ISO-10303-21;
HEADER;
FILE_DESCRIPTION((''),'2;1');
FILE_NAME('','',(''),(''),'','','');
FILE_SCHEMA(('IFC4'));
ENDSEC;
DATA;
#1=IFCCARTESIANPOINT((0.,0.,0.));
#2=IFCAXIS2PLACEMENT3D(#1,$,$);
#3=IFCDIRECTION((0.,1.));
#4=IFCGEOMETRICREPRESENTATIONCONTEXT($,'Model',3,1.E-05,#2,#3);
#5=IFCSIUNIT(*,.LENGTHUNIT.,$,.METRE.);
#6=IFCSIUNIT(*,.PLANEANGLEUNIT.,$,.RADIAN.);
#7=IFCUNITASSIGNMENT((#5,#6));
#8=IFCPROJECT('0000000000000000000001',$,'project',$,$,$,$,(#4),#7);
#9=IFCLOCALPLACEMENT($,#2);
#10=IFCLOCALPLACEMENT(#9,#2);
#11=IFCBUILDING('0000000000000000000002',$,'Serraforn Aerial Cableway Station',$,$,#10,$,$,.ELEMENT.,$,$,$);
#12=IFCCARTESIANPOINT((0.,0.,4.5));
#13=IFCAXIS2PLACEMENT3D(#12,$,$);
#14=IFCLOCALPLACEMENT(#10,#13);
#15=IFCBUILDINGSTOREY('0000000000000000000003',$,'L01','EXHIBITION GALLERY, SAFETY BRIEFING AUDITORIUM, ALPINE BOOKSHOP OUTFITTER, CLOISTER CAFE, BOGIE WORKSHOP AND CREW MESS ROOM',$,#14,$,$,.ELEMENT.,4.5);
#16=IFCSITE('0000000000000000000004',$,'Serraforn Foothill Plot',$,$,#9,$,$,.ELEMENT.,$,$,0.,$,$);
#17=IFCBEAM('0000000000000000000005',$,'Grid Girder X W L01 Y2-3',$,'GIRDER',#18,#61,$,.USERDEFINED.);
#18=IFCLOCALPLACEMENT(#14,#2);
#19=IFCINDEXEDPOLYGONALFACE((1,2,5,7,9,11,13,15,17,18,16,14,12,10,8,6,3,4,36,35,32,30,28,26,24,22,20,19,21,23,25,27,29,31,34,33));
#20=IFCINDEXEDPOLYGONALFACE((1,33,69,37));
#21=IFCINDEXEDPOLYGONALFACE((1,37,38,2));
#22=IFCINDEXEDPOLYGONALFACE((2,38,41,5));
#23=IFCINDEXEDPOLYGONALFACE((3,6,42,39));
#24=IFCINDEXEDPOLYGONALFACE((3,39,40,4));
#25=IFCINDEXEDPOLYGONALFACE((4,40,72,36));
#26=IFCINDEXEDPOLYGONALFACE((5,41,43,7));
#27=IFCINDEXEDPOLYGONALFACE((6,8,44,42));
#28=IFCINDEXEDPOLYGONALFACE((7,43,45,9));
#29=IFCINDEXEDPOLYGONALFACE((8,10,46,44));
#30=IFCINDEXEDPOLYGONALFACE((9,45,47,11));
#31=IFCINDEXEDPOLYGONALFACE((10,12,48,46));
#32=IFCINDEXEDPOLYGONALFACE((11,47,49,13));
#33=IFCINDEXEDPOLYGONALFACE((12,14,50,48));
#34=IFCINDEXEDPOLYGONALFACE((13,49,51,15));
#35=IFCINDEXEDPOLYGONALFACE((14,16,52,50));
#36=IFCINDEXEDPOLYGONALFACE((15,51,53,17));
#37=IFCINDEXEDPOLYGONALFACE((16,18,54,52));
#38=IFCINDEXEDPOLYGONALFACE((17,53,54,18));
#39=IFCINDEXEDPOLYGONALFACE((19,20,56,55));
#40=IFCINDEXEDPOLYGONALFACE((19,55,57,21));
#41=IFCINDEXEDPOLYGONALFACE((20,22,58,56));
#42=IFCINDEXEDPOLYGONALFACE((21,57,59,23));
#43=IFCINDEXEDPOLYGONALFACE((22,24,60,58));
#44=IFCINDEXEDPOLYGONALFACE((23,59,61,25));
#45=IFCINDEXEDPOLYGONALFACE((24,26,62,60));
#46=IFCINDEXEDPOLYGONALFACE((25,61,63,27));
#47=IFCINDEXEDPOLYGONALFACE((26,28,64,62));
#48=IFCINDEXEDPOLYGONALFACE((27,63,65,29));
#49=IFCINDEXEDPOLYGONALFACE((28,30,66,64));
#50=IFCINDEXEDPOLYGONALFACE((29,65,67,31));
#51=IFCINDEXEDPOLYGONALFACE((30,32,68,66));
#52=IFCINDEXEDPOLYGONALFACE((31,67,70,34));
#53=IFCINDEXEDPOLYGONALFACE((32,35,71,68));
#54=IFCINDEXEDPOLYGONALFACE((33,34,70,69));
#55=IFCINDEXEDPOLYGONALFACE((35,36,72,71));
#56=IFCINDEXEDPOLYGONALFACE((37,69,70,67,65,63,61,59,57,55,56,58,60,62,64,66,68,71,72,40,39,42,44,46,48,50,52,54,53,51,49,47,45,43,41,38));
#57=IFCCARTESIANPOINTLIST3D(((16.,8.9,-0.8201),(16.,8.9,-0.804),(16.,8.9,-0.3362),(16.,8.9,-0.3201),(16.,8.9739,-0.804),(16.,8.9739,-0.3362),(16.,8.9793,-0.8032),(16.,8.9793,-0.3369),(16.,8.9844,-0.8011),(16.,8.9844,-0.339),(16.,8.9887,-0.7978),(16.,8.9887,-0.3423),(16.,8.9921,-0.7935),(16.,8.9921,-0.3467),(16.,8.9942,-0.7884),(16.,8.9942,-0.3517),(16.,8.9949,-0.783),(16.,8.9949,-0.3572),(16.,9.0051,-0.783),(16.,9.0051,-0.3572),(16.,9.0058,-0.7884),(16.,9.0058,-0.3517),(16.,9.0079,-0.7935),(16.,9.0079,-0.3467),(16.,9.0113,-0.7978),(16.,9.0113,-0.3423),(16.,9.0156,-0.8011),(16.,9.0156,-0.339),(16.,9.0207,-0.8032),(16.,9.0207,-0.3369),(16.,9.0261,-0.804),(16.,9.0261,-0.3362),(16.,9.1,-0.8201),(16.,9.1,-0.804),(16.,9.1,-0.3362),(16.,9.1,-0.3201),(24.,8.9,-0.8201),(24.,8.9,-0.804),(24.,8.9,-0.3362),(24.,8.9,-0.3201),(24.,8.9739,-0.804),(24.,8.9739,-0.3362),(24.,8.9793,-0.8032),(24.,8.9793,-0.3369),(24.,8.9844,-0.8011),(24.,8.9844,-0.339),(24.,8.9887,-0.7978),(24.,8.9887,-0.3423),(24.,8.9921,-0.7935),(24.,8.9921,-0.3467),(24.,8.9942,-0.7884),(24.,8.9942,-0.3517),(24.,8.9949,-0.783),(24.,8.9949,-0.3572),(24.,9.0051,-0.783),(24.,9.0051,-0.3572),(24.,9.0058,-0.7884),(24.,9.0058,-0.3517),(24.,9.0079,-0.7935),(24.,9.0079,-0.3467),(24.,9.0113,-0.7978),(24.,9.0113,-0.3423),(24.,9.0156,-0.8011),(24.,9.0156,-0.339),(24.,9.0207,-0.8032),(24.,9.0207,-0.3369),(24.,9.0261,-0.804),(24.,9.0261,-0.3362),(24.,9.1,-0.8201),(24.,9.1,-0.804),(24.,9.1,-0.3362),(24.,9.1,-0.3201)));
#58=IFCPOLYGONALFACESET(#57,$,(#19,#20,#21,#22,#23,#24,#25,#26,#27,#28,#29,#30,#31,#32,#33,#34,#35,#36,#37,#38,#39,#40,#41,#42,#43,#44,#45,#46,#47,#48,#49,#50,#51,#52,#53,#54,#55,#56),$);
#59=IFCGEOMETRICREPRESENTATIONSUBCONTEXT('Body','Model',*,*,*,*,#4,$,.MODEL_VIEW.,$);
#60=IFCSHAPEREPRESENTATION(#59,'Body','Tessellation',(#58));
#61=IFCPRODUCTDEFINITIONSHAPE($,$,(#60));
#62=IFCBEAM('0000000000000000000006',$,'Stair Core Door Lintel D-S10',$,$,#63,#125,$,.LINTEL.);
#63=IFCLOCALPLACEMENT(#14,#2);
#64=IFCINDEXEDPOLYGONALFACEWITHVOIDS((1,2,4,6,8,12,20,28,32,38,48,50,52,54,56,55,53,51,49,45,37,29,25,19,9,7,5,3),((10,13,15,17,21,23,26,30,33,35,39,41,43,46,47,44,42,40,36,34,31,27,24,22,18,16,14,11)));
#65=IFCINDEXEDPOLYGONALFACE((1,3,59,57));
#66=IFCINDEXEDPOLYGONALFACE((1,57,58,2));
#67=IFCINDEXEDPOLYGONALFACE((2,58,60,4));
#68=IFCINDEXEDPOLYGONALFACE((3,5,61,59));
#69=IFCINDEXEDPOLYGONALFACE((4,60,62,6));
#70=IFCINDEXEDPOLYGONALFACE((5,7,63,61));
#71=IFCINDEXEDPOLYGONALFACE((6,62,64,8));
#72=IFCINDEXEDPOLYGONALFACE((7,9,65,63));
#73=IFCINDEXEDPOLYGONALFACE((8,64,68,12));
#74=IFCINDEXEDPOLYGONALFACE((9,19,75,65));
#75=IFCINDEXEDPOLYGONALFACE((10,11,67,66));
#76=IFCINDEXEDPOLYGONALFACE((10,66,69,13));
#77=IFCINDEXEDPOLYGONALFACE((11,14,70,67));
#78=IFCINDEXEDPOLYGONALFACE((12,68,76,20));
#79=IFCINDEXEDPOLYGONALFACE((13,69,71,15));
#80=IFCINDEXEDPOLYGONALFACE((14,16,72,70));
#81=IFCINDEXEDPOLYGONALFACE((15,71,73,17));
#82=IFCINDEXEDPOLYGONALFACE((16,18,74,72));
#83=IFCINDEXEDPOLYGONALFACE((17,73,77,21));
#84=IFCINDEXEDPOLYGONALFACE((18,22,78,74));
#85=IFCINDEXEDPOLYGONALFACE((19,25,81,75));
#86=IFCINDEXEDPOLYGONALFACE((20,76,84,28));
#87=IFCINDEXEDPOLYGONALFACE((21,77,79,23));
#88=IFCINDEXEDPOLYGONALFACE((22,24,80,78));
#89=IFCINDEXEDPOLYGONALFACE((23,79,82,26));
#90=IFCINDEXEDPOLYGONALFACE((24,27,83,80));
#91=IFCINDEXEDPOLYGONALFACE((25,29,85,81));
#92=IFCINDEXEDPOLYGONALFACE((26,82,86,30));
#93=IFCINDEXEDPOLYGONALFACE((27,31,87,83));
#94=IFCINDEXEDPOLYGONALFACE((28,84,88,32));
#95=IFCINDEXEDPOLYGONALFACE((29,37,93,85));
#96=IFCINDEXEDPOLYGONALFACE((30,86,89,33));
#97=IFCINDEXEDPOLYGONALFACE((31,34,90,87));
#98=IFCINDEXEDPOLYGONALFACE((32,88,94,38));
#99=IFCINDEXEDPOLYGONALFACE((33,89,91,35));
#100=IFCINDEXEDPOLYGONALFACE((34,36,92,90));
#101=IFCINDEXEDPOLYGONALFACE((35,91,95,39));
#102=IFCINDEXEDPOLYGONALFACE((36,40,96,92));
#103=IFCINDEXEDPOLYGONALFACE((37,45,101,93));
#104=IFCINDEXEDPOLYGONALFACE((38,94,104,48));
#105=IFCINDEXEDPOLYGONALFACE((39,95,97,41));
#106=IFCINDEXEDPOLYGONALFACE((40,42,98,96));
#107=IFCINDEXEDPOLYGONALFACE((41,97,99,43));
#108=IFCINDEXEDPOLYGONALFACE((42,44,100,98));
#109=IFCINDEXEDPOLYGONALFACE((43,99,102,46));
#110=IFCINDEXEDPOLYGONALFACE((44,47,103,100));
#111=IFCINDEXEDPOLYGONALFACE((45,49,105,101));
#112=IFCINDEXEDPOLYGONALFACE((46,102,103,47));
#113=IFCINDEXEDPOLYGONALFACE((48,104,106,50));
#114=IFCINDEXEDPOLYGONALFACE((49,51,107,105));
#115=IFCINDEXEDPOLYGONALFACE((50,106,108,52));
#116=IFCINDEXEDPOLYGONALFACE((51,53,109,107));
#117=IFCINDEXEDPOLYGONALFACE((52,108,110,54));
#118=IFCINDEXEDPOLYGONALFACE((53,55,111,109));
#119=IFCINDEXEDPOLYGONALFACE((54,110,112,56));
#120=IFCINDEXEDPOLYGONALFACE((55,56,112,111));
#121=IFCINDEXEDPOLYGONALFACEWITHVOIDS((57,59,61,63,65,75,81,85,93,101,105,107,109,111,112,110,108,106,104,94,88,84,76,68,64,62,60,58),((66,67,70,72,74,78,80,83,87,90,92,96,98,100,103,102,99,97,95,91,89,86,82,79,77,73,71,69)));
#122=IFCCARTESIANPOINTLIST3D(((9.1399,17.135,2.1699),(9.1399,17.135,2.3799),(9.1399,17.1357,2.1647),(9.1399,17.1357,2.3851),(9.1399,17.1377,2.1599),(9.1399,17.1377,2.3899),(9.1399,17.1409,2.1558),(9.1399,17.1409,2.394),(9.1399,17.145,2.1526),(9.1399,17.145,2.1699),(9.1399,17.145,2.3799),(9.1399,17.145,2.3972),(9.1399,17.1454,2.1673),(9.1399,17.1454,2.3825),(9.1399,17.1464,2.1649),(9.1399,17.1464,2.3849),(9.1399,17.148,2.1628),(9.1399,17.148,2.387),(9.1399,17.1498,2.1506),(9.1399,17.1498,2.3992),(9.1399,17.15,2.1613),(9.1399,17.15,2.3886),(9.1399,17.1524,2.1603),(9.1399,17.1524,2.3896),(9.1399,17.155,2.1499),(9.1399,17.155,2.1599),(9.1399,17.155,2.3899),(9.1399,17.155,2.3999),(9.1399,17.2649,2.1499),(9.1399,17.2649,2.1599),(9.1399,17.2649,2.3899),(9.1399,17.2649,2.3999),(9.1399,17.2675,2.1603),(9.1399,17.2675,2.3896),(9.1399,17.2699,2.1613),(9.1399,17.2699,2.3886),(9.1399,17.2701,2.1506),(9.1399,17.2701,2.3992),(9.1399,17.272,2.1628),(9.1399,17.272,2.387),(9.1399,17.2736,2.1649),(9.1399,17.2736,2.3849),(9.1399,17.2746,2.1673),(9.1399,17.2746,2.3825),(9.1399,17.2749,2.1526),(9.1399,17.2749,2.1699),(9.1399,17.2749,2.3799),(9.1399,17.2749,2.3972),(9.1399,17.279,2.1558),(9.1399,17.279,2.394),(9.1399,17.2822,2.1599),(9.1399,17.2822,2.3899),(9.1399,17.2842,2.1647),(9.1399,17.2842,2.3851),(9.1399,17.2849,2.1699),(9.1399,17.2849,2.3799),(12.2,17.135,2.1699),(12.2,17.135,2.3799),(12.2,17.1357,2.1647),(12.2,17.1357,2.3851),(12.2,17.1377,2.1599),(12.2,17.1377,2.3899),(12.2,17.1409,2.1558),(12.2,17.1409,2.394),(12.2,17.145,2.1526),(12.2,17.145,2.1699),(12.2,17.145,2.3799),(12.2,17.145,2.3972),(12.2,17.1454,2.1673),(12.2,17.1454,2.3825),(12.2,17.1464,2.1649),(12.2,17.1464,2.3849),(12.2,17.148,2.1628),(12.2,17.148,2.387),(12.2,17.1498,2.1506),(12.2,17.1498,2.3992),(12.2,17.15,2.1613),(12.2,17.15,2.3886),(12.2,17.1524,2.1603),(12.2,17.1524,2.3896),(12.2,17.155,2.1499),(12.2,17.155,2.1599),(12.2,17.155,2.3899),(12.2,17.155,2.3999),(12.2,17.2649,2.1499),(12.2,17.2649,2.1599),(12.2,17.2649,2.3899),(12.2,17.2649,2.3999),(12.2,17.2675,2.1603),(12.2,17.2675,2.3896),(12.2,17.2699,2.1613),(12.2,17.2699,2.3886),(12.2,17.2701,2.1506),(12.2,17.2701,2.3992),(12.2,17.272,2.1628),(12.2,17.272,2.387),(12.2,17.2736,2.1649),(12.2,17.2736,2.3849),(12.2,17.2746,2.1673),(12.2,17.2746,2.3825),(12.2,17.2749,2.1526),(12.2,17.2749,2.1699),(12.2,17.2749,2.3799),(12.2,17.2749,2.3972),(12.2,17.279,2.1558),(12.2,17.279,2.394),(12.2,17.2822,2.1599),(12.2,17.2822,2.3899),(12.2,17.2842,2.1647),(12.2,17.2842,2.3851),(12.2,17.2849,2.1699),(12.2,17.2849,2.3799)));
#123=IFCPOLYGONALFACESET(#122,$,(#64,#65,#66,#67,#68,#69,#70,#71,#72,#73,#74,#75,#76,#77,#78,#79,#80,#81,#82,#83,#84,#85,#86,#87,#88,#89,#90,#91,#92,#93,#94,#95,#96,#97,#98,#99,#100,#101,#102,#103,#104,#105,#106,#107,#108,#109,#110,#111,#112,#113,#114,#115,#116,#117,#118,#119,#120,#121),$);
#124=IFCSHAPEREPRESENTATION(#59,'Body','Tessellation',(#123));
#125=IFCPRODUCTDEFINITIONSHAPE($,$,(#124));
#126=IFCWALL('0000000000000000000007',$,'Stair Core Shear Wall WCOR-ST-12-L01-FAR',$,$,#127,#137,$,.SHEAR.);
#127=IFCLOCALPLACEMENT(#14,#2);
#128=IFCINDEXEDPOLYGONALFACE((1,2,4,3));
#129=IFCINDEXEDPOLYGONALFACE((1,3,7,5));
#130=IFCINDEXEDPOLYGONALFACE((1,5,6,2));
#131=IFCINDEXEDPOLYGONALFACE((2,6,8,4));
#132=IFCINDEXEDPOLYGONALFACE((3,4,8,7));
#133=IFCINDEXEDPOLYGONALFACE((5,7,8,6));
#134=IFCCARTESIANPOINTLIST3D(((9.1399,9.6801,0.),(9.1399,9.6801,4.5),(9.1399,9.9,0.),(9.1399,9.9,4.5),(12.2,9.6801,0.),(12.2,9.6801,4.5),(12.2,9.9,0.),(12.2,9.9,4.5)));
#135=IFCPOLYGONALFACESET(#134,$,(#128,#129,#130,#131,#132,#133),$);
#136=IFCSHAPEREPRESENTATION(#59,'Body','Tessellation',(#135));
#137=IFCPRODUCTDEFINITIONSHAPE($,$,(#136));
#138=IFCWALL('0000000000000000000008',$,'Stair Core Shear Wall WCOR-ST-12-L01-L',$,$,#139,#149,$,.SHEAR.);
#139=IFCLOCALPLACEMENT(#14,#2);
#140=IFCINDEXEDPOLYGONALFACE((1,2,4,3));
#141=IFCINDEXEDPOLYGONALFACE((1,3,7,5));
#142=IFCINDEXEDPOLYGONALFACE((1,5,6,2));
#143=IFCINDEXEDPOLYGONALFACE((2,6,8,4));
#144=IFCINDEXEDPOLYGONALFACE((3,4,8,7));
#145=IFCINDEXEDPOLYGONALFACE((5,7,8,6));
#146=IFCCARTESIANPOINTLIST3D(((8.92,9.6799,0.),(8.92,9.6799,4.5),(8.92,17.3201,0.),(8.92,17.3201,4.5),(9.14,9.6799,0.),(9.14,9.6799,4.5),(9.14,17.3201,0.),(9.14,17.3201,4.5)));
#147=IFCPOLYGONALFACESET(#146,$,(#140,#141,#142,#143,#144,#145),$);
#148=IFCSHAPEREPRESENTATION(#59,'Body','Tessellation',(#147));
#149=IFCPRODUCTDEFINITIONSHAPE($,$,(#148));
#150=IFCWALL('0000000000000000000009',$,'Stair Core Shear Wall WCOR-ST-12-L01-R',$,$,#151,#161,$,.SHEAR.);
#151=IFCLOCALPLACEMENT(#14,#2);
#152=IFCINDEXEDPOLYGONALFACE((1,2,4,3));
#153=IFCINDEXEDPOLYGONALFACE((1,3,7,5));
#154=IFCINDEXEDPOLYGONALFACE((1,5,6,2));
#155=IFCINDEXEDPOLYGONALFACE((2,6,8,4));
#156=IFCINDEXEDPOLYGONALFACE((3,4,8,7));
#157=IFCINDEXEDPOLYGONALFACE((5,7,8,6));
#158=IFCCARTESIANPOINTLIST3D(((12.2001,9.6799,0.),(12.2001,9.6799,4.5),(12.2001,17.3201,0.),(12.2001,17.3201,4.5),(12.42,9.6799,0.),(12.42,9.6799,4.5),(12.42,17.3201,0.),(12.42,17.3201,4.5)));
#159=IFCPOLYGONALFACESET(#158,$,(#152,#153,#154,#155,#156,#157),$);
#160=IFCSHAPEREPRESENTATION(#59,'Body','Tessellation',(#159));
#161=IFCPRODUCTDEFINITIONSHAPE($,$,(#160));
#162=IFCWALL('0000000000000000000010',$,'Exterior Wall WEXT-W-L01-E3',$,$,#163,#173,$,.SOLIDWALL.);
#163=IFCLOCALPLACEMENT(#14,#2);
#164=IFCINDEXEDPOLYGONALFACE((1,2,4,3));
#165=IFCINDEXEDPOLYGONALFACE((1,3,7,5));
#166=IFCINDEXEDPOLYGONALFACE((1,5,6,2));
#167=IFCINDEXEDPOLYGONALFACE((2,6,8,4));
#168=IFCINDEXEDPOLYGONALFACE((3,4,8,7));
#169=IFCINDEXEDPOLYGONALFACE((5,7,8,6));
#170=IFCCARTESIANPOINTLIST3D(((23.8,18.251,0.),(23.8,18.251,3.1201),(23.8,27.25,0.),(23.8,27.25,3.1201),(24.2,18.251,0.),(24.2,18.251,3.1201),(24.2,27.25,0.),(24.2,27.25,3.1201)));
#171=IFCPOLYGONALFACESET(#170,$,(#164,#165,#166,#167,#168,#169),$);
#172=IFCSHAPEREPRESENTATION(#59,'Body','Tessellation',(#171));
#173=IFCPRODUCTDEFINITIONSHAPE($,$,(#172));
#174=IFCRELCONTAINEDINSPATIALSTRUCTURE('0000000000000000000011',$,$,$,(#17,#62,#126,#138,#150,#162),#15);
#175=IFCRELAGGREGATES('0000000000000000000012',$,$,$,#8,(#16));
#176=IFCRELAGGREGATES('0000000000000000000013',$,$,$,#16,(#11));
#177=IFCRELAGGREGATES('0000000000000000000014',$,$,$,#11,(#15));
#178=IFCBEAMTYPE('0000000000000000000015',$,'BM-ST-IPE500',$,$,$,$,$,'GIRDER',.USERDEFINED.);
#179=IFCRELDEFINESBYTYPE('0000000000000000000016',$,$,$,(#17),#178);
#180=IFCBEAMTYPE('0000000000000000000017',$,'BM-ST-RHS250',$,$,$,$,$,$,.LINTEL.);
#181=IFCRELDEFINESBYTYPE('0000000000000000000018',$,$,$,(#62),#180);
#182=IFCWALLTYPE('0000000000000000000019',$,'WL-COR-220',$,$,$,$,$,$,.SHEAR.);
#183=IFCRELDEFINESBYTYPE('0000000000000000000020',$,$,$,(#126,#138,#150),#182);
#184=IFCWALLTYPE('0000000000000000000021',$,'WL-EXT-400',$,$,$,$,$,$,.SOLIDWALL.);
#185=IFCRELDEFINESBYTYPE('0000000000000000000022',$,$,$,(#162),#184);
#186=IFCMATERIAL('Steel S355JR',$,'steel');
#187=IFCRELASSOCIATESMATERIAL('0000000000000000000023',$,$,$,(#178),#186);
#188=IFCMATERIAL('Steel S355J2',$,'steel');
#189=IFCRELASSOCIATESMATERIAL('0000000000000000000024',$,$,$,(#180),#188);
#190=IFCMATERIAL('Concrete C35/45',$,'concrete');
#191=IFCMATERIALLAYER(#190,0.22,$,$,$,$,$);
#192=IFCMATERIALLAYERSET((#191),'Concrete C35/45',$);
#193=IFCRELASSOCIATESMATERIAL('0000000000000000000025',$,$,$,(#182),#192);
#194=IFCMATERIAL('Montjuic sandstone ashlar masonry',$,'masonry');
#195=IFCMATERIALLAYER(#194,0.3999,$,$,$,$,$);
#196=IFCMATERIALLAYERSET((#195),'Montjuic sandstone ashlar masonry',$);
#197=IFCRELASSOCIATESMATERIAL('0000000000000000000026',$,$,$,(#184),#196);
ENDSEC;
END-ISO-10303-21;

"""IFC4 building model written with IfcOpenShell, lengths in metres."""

from ifc_helpers import new_model, si_unit, direction, frame, frame_2d, origin, origin_2d, place, context, subcontext, project, spatial, rectangle, hollow_rectangle, i_section, extrude, material, layer, layer_set, material_profile, profile_set, type_object, element, save


model = new_model("IFC4")

# Units and contexts
model_context = context("Model", 3, precision=1e-05, world=origin(), true_north=direction((0.0, 1.0)))
body_context = subcontext(model_context, "Body", "Model", "MODEL_VIEW")
ifc_project = project(units=[si_unit("LENGTHUNIT", "METRE"), si_unit("PLANEANGLEUNIT", "RADIAN")], contexts=[model_context])

# Site, building, storey
site_placement = place(None, origin())
site = spatial("IfcSite", under=ifc_project, at=site_placement, Name="Serraforn Foothill Plot", CompositionType="ELEMENT", RefElevation=0.0)
building_placement = place(site_placement, origin())
building = spatial("IfcBuilding", under=site, at=building_placement, Name="Serraforn Aerial Cableway Station", CompositionType="ELEMENT")
storey_placement = place(building_placement, frame((0.0, 0.0, 4.5)))
storey = spatial("IfcBuildingStorey", under=building, at=storey_placement, Name="L01", Description="EXHIBITION GALLERY, SAFETY BRIEFING AUDITORIUM, ALPINE BOOKSHOP OUTFITTER, CLOISTER CAFE, BOGIE WORKSHOP AND CREW MESS ROOM", CompositionType="ELEMENT", Elevation=4.5)

# Shared definitions
ifc_material_1 = material(Name="Concrete C35/45", Category="concrete")

# Beams
ifc_material_2 = material(Name="Steel S355JR", Category="steel")
ifc_material_3 = material(Name="Steel S355J2", Category="steel")
ifc_material_profile_1 = material_profile(ifc_material_2, i_section(OverallWidth=0.2, OverallDepth=0.5, WebThickness=0.0103, FlangeThickness=0.0161, FilletRadius=0.021, at=origin_2d()), Name="IPE 500")
ifc_profile_set_1 = profile_set([ifc_material_profile_1], Name="Steel S355JR")
beam_type_1 = type_object("IfcBeamType", Name="BM-ST-IPE500", ElementType="GIRDER", PredefinedType="USERDEFINED", material=ifc_profile_set_1)
beam_1_placement = place(storey_placement, frame((16.0, 9.0, -0.5701), z_axis=(1.0, 0.0, 0.0), x_axis=(0.0, 1.0, 0.0)))
element("IfcBeam", 1, at=beam_1_placement, inside=storey, type_object=beam_type_1, Name="Grid Girder X W L01 Y2-3", ObjectType="GIRDER", PredefinedType="USERDEFINED", context=body_context, shape_type="SweptSolid", body=[
    extrude(i_section(OverallWidth=0.2, OverallDepth=0.5, WebThickness=0.0103, FlangeThickness=0.0161, FilletRadius=0.021, at=origin_2d()), origin(), (0.0, 0.0, 1.0), 8.0),
])
ifc_material_profile_2 = material_profile(ifc_material_3, hollow_rectangle(XDim=0.1499, YDim=0.25, WallThickness=0.01, InnerFilletRadius=0.01, OuterFilletRadius=0.02, at=origin_2d()), Name="RHS 250x150x10.0")
ifc_profile_set_2 = profile_set([ifc_material_profile_2], Name="Steel S355J2")
beam_type_2 = type_object("IfcBeamType", Name="BM-ST-RHS250", PredefinedType="LINTEL", material=ifc_profile_set_2)
beam_2_placement = place(storey_placement, frame((9.1399, 17.21, 2.2749), z_axis=(1.0, 0.0, 0.0), x_axis=(0.0, 1.0, 0.0)))
element("IfcBeam", 2, at=beam_2_placement, inside=storey, type_object=beam_type_2, Name="Stair Core Door Lintel D-S10", PredefinedType="LINTEL", context=body_context, shape_type="SweptSolid", body=[
    extrude(hollow_rectangle(XDim=0.1499, YDim=0.25, WallThickness=0.01, InnerFilletRadius=0.01, OuterFilletRadius=0.02, at=origin_2d()), origin(), (0.0, 0.0, 1.0), 3.0601),
])

# Shared definitions
ifc_layer_1 = layer(ifc_material_1, 0.22)
ifc_layer_set_1 = layer_set([ifc_layer_1], Name="Concrete C35/45")
wall_type_1 = type_object("IfcWallType", Name="WL-COR-220", PredefinedType="SHEAR", material=ifc_layer_set_1)

# Walls
wall_1_placement = place(storey_placement, frame((9.1399, 9.79, 0.0), z_axis=(0.0, 0.0, 1.0), x_axis=(1.0, 0.0, 0.0)))
element("IfcWall", 3, at=wall_1_placement, inside=storey, type_object=wall_type_1, Name="Stair Core Shear Wall WCOR-ST-12-L01-FAR", PredefinedType="SHEAR", context=body_context, shape_type="SweptSolid", body=[
    extrude(rectangle(XDim=3.0601, YDim=0.22, at=frame_2d((1.53, 0.0))), origin(), (0.0, 0.0, 1.0), 4.5),
])
for number, where, z_axis, x_axis, name in (
    (4, (9.03, 17.3201, 0.0), (0.0, 0.0, 1.0), (0.0, -1.0, 0.0), "Stair Core Shear Wall WCOR-ST-12-L01-L"),
    (5, (12.3101, 17.3201, 0.0), (0.0, 0.0, 1.0), (0.0, -1.0, 0.0), "Stair Core Shear Wall WCOR-ST-12-L01-R"),
):
    element("IfcWall", number, at=place(storey_placement, frame(where, z_axis=z_axis, x_axis=x_axis)), inside=storey, type_object=wall_type_1, Name=name, PredefinedType="SHEAR", context=body_context, shape_type="SweptSolid", body=[
        extrude(rectangle(XDim=7.6401, YDim=0.22, at=frame_2d((3.8201, 0.0))), origin(), (0.0, 0.0, 1.0), 4.5),
    ])
ifc_material_4 = material(Name="Montjuic sandstone ashlar masonry", Category="masonry")
ifc_layer_2 = layer(ifc_material_4, 0.3999)
ifc_layer_set_2 = layer_set([ifc_layer_2], Name="Montjuic sandstone ashlar masonry")
wall_type_2 = type_object("IfcWallType", Name="WL-EXT-400", PredefinedType="SOLIDWALL", material=ifc_layer_set_2)
wall_2_placement = place(storey_placement, frame((24.0, 18.251, 0.0), z_axis=(0.0, 0.0, 1.0), x_axis=(0.0, 1.0, 0.0)))
element("IfcWall", 6, at=wall_2_placement, inside=storey, type_object=wall_type_2, Name="Exterior Wall WEXT-W-L01-E3", PredefinedType="SOLIDWALL", context=body_context, shape_type="SweptSolid", body=[
    extrude(rectangle(XDim=8.999, YDim=0.3999, at=frame_2d((4.4995, 0.0))), origin(), (0.0, 0.0, 1.0), 3.1201),
])

save(model, "model.ifc")
